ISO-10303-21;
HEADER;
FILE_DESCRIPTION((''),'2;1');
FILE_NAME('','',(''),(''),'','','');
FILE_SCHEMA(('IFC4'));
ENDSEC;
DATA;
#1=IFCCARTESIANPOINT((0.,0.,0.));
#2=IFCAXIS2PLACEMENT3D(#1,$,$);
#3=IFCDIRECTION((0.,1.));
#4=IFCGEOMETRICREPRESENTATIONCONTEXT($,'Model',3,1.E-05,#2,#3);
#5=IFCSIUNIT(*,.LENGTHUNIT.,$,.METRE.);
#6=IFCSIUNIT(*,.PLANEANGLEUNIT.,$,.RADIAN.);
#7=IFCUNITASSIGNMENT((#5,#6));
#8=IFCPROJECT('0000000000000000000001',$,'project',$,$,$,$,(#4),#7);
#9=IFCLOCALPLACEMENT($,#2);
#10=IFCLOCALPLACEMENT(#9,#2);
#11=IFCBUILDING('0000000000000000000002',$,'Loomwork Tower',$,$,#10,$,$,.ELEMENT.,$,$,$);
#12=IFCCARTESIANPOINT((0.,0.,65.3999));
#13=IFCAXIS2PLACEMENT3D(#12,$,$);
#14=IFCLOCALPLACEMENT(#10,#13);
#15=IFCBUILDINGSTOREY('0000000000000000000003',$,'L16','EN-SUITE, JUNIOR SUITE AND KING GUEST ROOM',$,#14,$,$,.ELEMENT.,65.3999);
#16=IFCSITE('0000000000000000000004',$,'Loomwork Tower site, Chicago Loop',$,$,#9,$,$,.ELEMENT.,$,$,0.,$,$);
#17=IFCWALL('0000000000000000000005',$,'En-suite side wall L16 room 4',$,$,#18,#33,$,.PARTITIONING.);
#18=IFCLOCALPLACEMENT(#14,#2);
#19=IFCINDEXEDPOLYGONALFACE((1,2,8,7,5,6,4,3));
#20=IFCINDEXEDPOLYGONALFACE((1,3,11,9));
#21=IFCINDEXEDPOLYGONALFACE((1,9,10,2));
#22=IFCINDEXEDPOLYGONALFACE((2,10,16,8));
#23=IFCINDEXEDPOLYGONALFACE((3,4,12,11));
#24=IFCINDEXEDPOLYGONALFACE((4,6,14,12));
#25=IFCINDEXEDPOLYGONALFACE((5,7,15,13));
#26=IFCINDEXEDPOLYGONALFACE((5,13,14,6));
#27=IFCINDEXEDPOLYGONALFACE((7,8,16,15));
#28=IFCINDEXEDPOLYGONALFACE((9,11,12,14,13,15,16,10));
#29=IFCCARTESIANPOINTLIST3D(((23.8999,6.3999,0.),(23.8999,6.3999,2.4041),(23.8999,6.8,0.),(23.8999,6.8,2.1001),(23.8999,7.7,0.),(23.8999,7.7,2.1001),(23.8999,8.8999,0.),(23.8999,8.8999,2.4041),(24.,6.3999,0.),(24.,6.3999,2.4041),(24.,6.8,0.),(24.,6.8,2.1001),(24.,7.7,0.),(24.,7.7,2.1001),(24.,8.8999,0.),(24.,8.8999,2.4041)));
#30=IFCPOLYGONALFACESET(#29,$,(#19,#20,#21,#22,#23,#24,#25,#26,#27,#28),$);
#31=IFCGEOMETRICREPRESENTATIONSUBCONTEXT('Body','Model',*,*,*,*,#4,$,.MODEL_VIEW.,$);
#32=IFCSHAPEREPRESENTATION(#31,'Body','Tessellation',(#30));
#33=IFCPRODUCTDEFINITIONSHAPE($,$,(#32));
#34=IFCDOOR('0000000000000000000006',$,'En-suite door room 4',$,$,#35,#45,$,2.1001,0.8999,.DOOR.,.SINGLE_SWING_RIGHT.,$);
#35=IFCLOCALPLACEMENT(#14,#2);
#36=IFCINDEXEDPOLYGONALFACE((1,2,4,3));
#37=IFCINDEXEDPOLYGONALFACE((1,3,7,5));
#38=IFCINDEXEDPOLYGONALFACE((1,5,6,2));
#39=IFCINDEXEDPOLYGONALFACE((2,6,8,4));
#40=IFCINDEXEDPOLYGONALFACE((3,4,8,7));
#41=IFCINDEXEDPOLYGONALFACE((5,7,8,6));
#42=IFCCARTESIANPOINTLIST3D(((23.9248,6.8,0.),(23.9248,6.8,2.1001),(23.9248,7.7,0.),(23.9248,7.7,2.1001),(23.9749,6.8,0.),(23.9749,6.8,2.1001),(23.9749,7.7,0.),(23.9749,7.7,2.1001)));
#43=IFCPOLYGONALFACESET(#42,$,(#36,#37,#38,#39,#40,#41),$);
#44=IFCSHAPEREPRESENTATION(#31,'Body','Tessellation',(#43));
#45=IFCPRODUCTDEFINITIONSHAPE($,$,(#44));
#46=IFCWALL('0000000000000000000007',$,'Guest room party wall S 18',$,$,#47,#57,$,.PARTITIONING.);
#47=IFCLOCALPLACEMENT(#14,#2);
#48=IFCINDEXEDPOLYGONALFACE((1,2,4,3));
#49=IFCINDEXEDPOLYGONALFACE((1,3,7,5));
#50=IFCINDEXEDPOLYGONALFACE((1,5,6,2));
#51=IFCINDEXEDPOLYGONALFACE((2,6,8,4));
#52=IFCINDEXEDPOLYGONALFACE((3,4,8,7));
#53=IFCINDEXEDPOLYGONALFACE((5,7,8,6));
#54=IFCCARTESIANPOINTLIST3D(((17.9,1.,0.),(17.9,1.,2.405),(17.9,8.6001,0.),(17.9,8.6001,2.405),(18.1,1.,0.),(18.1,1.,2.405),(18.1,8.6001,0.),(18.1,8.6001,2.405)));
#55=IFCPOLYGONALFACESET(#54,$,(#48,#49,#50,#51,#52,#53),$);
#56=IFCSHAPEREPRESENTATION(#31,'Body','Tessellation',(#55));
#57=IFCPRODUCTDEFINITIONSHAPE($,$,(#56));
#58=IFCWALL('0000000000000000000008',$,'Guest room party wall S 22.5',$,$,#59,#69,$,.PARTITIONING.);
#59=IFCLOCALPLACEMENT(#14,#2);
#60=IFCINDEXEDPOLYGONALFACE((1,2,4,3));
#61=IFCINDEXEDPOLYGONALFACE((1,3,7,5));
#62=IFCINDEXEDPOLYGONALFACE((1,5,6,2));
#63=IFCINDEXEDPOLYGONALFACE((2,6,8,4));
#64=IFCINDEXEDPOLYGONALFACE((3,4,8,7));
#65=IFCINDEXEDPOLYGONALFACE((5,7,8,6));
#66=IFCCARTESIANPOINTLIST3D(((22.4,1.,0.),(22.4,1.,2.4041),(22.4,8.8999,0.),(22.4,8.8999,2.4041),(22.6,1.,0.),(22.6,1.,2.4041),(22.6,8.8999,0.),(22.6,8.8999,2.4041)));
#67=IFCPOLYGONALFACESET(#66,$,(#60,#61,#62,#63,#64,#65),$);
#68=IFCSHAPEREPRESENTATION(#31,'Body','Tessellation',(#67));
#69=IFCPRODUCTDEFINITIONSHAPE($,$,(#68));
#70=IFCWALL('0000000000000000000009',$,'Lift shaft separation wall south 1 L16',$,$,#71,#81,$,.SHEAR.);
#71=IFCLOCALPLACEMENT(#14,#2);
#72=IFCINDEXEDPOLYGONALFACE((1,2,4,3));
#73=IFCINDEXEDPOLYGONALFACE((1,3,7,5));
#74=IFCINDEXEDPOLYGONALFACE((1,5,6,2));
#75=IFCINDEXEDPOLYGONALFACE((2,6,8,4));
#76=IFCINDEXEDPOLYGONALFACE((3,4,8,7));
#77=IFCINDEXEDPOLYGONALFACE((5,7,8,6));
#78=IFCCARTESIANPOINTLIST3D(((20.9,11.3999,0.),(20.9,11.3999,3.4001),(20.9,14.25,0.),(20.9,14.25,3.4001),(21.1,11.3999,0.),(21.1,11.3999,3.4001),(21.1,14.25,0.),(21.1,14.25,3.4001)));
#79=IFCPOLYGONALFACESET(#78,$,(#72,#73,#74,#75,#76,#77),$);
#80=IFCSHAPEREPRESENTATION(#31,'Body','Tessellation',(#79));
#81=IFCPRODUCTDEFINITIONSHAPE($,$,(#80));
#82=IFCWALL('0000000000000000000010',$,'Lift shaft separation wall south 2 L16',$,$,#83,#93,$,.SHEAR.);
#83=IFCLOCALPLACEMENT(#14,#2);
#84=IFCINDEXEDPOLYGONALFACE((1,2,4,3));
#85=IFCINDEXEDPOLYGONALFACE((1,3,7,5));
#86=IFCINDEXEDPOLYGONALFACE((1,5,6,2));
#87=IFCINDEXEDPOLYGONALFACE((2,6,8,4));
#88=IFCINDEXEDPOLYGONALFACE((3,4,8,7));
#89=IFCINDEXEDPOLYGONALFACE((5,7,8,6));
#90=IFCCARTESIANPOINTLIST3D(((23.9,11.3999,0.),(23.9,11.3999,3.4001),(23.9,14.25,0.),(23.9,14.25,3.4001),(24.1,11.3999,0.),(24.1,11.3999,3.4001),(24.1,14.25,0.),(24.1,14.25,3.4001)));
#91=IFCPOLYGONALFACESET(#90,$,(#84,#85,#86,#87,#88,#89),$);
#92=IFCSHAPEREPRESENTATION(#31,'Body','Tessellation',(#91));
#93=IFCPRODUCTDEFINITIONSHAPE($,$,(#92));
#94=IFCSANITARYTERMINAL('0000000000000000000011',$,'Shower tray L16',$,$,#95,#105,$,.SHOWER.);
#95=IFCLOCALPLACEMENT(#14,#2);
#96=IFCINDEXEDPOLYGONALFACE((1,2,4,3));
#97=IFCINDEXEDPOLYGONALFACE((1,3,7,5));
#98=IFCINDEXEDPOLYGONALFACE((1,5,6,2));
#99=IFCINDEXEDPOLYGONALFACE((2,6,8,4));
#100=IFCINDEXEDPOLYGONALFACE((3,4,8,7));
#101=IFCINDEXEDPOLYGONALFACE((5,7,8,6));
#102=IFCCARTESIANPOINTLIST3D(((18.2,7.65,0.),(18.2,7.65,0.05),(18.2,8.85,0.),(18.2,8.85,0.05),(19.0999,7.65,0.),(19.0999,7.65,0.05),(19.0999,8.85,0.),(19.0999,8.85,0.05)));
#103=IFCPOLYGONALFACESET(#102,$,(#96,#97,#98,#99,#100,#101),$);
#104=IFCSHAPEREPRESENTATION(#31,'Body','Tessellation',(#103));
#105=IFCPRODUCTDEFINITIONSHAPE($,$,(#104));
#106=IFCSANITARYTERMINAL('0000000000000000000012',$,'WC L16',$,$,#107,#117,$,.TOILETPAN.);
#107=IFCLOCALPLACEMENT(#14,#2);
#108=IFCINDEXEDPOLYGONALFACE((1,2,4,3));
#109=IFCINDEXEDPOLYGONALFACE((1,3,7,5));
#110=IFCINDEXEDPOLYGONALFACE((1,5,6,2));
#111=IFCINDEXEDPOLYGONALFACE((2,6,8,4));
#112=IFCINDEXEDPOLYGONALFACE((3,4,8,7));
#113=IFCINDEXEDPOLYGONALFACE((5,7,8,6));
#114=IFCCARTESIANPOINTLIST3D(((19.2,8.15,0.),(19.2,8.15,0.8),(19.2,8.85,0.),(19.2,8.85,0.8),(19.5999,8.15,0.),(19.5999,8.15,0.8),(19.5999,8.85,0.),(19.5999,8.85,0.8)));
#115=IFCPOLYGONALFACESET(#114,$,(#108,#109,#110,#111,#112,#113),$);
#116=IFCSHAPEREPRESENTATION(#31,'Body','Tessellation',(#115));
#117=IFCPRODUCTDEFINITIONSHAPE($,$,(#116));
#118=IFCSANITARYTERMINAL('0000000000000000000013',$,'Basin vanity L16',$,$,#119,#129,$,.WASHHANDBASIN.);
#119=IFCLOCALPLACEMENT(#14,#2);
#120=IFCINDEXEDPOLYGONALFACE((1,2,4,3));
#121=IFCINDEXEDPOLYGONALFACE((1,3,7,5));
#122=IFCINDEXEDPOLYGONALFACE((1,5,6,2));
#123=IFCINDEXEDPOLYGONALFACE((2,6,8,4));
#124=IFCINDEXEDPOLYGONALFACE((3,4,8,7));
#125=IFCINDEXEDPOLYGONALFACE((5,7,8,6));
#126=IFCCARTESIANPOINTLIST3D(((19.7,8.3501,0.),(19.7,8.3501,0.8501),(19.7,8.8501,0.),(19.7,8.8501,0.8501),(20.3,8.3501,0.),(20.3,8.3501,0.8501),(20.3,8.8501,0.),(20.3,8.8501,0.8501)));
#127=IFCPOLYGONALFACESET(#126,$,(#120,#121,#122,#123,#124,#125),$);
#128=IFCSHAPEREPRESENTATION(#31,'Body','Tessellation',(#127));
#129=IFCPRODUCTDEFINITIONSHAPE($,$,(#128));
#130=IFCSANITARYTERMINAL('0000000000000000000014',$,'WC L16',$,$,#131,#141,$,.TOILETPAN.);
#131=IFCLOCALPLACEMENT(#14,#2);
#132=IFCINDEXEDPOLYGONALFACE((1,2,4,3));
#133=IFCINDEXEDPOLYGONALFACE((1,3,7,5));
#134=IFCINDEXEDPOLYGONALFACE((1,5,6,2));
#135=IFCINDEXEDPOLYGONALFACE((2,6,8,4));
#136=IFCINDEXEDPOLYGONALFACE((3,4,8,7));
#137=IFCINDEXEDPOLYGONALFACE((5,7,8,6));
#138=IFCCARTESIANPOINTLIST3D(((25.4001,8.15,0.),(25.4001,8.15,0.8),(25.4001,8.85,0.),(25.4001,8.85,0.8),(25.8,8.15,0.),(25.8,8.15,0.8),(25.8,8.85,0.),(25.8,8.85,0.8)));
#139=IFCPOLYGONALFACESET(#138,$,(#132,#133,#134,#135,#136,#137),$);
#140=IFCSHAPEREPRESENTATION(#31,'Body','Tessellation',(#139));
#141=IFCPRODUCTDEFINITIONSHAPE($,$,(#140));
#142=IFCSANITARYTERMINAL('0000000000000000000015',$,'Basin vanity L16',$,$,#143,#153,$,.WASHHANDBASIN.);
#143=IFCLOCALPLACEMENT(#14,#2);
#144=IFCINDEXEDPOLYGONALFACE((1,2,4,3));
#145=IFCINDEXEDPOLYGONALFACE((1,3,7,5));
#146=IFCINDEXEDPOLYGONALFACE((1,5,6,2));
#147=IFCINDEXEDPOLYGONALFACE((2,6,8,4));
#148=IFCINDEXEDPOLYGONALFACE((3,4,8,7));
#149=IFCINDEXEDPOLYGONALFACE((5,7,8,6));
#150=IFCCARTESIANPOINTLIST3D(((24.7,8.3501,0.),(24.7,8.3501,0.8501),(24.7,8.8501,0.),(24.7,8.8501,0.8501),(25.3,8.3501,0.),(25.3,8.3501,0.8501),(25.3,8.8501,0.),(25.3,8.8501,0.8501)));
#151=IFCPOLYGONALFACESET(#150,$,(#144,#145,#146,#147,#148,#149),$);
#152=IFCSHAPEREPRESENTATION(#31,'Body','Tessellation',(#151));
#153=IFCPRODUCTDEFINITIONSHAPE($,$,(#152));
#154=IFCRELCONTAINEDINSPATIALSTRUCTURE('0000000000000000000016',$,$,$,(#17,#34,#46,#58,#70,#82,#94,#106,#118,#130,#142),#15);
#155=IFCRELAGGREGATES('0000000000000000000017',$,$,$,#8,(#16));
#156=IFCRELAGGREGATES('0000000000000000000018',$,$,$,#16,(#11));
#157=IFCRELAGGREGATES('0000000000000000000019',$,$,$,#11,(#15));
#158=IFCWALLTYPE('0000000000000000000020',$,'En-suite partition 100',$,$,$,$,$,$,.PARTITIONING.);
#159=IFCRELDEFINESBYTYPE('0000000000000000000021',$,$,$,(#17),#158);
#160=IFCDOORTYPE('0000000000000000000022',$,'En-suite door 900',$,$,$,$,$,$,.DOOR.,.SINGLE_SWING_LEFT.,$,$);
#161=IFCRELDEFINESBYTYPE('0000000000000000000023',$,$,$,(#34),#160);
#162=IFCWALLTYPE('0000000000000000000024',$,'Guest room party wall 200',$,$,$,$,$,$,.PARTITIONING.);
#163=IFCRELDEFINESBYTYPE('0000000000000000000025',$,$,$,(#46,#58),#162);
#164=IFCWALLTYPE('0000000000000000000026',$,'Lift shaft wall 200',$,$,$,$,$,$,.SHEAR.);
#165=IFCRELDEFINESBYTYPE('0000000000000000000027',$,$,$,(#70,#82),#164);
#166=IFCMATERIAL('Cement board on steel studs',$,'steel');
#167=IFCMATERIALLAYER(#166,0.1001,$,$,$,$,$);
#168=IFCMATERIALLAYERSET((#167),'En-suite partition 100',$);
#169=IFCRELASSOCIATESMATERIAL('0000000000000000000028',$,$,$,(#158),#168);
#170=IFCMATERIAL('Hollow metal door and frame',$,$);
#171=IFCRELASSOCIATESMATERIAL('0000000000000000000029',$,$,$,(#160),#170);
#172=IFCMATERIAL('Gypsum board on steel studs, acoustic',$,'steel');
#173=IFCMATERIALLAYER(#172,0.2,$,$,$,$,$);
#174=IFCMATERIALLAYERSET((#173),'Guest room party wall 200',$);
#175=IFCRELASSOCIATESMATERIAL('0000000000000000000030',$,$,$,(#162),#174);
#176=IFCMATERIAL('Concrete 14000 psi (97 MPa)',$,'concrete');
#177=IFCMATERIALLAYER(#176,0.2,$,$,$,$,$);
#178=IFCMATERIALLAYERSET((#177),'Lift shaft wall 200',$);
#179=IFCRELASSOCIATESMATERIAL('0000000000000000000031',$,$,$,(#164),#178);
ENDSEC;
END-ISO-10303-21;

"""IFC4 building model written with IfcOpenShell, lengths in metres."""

from ifc_helpers import new_model, si_unit, direction, frame, frame_2d, origin, origin_2d, place, context, subcontext, project, spatial, rectangle, extrude, material, layer, layer_set, type_object, element, fill, save


model = new_model("IFC4")

# Units and contexts
model_context = context("Model", 3, precision=1e-05, world=origin(), true_north=direction((0.0, 1.0)))
body_context = subcontext(model_context, "Body", "Model", "MODEL_VIEW")
ifc_project = project(units=[si_unit("LENGTHUNIT", "METRE"), si_unit("PLANEANGLEUNIT", "RADIAN")], contexts=[model_context])

# Site, building, storey
site_placement = place(None, origin())
site = spatial("IfcSite", under=ifc_project, at=site_placement, Name="Loomwork Tower site, Chicago Loop", CompositionType="ELEMENT", RefElevation=0.0)
building_placement = place(site_placement, origin())
building = spatial("IfcBuilding", under=site, at=building_placement, Name="Loomwork Tower", CompositionType="ELEMENT")
storey_placement = place(building_placement, frame((0.0, 0.0, 65.3999)))
storey = spatial("IfcBuildingStorey", under=building, at=storey_placement, Name="L16", Description="EN-SUITE, JUNIOR SUITE AND KING GUEST ROOM", CompositionType="ELEMENT", Elevation=65.3999)

# Wall, opening, door
ifc_material_1 = material(Name="Cement board on steel studs", Category="steel")
ifc_layer_1 = layer(ifc_material_1, 0.1001)
ifc_layer_set_1 = layer_set([ifc_layer_1], Name="En-suite partition 100")
wall_type_1 = type_object("IfcWallType", Name="En-suite partition 100", PredefinedType="PARTITIONING", material=ifc_layer_set_1)
ifc_material_2 = material(Name="Hollow metal door and frame")
door_type_1 = type_object("IfcDoorType", Name="En-suite door 900", OperationType="SINGLE_SWING_LEFT", PredefinedType="DOOR", material=ifc_material_2)
wall_1_placement = place(storey_placement, frame((23.95, 8.8999, 0.0), z_axis=(0.0, 0.0, 1.0), x_axis=(0.0, -1.0, 0.0)))
wall_1 = element("IfcWall", 1, at=wall_1_placement, inside=storey, type_object=wall_type_1, Name="En-suite side wall L16 room 4", PredefinedType="PARTITIONING", context=body_context, shape_type="SweptSolid", body=[
    extrude(rectangle(XDim=2.5, YDim=0.1001, at=frame_2d((1.25, 0.0))), origin(), (0.0, 0.0, 1.0), 2.4041),
])
opening_1_placement = place(wall_1_placement, frame((1.2, 0.0, 0.0)))
opening_1 = element("IfcOpeningElement", 2, at=opening_1_placement, cuts=wall_1, PredefinedType="OPENING", context=body_context, shape_type="SweptSolid", body=[
    extrude(rectangle(XDim=0.8999, YDim=2.1001, at=frame_2d((0.45, 1.05))), frame((0.0, 0.0601, 0.0), z_axis=(0.0, -1.0, 0.0), x_axis=(1.0, 0.0, 0.0)), (0.0, 0.0, 1.0), 0.1201),
])
door_1_placement = place(opening_1_placement, origin())
door_1 = element("IfcDoor", 3, at=door_1_placement, inside=storey, type_object=door_type_1, Name="En-suite door room 4", OperationType="SINGLE_SWING_RIGHT", OverallHeight=2.1001, OverallWidth=0.8999, PredefinedType="DOOR", context=body_context, shape_type="SweptSolid", body=[
    extrude(rectangle(XDim=0.8999, YDim=2.1001, at=frame_2d((0.45, 1.05))), frame((0.0, 0.0249, 0.0), z_axis=(0.0, -1.0, 0.0), x_axis=(1.0, 0.0, 0.0)), (0.0, 0.0, 1.0), 0.05),
])
fill(opening_1, door_1)

# Walls
ifc_material_3 = material(Name="Gypsum board on steel studs, acoustic", Category="steel")
ifc_layer_2 = layer(ifc_material_3, 0.2)
ifc_layer_set_2 = layer_set([ifc_layer_2], Name="Guest room party wall 200")
wall_type_2 = type_object("IfcWallType", Name="Guest room party wall 200", PredefinedType="PARTITIONING", material=ifc_layer_set_2)
wall_2_placement = place(storey_placement, frame((18.0, 8.6001, 0.0), z_axis=(0.0, 0.0, 1.0), x_axis=(0.0, -1.0, 0.0)))
element("IfcWall", 4, at=wall_2_placement, inside=storey, type_object=wall_type_2, Name="Guest room party wall S 18", PredefinedType="PARTITIONING", context=body_context, shape_type="SweptSolid", body=[
    extrude(rectangle(XDim=7.6001, YDim=0.2, at=frame_2d((3.8, 0.0))), origin(), (0.0, 0.0, 1.0), 2.405),
])
wall_3_placement = place(storey_placement, frame((22.5, 8.8999, 0.0), z_axis=(0.0, 0.0, 1.0), x_axis=(0.0, -1.0, 0.0)))
element("IfcWall", 5, at=wall_3_placement, inside=storey, type_object=wall_type_2, Name="Guest room party wall S 22.5", PredefinedType="PARTITIONING", context=body_context, shape_type="SweptSolid", body=[
    extrude(rectangle(XDim=7.8999, YDim=0.2, at=frame_2d((3.95, 0.0))), origin(), (0.0, 0.0, 1.0), 2.4041),
])
ifc_material_4 = material(Name="Concrete 14000 psi (97 MPa)", Category="concrete")
ifc_layer_3 = layer(ifc_material_4, 0.2)
ifc_layer_set_3 = layer_set([ifc_layer_3], Name="Lift shaft wall 200")
wall_type_3 = type_object("IfcWallType", Name="Lift shaft wall 200", PredefinedType="SHEAR", material=ifc_layer_set_3)
for number, where, z_axis, x_axis, name in (
    (6, (21.0, 11.3999, 0.0), (0.0, 0.0, 1.0), (0.0, 1.0, 0.0), "Lift shaft separation wall south 1 L16"),
    (7, (24.0, 11.3999, 0.0), (0.0, 0.0, 1.0), (0.0, 1.0, 0.0), "Lift shaft separation wall south 2 L16"),
):
    element("IfcWall", number, at=place(storey_placement, frame(where, z_axis=z_axis, x_axis=x_axis)), inside=storey, type_object=wall_type_3, Name=name, PredefinedType="SHEAR", context=body_context, shape_type="SweptSolid", body=[
        extrude(rectangle(XDim=2.8501, YDim=0.2, at=frame_2d((1.425, 0.0))), origin(), (0.0, 0.0, 1.0), 3.4001),
    ])

# Sanitary terminals
sanitary_terminal_1_placement = place(storey_placement, frame((18.6499, 8.25, 0.0), z_axis=(0.0, 0.0, 1.0), x_axis=(1.0, 0.0, 0.0)))
element("IfcSanitaryTerminal", 8, at=sanitary_terminal_1_placement, inside=storey, Name="Shower tray L16", PredefinedType="SHOWER", context=body_context, shape_type="SweptSolid", body=[
    extrude(rectangle(XDim=0.8999, YDim=1.2, at=origin_2d()), origin(), (0.0, 0.0, 1.0), 0.05),
])
sanitary_terminal_2_placement = place(storey_placement, frame((19.3999, 8.5, 0.0), z_axis=(0.0, 0.0, 1.0), x_axis=(1.0, 0.0, 0.0)))
element("IfcSanitaryTerminal", 9, at=sanitary_terminal_2_placement, inside=storey, Name="WC L16", PredefinedType="TOILETPAN", context=body_context, shape_type="SweptSolid", body=[
    extrude(rectangle(XDim=0.3999, YDim=0.7, at=origin_2d()), origin(), (0.0, 0.0, 1.0), 0.8),
])
sanitary_terminal_3_placement = place(storey_placement, frame((20.0, 8.6001, 0.0), z_axis=(0.0, 0.0, 1.0), x_axis=(1.0, 0.0, 0.0)))
element("IfcSanitaryTerminal", 10, at=sanitary_terminal_3_placement, inside=storey, Name="Basin vanity L16", PredefinedType="WASHHANDBASIN", context=body_context, shape_type="SweptSolid", body=[
    extrude(rectangle(XDim=0.6001, YDim=0.5, at=origin_2d()), origin(), (0.0, 0.0, 1.0), 0.8501),
])
sanitary_terminal_4_placement = place(storey_placement, frame((25.6001, 8.5, 0.0), z_axis=(0.0, 0.0, 1.0), x_axis=(1.0, 0.0, 0.0)))
element("IfcSanitaryTerminal", 11, at=sanitary_terminal_4_placement, inside=storey, Name="WC L16", PredefinedType="TOILETPAN", context=body_context, shape_type="SweptSolid", body=[
    extrude(rectangle(XDim=0.3999, YDim=0.7, at=origin_2d()), origin(), (0.0, 0.0, 1.0), 0.8),
])
sanitary_terminal_5_placement = place(storey_placement, frame((25.0, 8.6001, 0.0), z_axis=(0.0, 0.0, 1.0), x_axis=(1.0, 0.0, 0.0)))
element("IfcSanitaryTerminal", 12, at=sanitary_terminal_5_placement, inside=storey, Name="Basin vanity L16", PredefinedType="WASHHANDBASIN", context=body_context, shape_type="SweptSolid", body=[
    extrude(rectangle(XDim=0.6001, YDim=0.5, at=origin_2d()), origin(), (0.0, 0.0, 1.0), 0.8501),
])

save(model, "model.ifc")
